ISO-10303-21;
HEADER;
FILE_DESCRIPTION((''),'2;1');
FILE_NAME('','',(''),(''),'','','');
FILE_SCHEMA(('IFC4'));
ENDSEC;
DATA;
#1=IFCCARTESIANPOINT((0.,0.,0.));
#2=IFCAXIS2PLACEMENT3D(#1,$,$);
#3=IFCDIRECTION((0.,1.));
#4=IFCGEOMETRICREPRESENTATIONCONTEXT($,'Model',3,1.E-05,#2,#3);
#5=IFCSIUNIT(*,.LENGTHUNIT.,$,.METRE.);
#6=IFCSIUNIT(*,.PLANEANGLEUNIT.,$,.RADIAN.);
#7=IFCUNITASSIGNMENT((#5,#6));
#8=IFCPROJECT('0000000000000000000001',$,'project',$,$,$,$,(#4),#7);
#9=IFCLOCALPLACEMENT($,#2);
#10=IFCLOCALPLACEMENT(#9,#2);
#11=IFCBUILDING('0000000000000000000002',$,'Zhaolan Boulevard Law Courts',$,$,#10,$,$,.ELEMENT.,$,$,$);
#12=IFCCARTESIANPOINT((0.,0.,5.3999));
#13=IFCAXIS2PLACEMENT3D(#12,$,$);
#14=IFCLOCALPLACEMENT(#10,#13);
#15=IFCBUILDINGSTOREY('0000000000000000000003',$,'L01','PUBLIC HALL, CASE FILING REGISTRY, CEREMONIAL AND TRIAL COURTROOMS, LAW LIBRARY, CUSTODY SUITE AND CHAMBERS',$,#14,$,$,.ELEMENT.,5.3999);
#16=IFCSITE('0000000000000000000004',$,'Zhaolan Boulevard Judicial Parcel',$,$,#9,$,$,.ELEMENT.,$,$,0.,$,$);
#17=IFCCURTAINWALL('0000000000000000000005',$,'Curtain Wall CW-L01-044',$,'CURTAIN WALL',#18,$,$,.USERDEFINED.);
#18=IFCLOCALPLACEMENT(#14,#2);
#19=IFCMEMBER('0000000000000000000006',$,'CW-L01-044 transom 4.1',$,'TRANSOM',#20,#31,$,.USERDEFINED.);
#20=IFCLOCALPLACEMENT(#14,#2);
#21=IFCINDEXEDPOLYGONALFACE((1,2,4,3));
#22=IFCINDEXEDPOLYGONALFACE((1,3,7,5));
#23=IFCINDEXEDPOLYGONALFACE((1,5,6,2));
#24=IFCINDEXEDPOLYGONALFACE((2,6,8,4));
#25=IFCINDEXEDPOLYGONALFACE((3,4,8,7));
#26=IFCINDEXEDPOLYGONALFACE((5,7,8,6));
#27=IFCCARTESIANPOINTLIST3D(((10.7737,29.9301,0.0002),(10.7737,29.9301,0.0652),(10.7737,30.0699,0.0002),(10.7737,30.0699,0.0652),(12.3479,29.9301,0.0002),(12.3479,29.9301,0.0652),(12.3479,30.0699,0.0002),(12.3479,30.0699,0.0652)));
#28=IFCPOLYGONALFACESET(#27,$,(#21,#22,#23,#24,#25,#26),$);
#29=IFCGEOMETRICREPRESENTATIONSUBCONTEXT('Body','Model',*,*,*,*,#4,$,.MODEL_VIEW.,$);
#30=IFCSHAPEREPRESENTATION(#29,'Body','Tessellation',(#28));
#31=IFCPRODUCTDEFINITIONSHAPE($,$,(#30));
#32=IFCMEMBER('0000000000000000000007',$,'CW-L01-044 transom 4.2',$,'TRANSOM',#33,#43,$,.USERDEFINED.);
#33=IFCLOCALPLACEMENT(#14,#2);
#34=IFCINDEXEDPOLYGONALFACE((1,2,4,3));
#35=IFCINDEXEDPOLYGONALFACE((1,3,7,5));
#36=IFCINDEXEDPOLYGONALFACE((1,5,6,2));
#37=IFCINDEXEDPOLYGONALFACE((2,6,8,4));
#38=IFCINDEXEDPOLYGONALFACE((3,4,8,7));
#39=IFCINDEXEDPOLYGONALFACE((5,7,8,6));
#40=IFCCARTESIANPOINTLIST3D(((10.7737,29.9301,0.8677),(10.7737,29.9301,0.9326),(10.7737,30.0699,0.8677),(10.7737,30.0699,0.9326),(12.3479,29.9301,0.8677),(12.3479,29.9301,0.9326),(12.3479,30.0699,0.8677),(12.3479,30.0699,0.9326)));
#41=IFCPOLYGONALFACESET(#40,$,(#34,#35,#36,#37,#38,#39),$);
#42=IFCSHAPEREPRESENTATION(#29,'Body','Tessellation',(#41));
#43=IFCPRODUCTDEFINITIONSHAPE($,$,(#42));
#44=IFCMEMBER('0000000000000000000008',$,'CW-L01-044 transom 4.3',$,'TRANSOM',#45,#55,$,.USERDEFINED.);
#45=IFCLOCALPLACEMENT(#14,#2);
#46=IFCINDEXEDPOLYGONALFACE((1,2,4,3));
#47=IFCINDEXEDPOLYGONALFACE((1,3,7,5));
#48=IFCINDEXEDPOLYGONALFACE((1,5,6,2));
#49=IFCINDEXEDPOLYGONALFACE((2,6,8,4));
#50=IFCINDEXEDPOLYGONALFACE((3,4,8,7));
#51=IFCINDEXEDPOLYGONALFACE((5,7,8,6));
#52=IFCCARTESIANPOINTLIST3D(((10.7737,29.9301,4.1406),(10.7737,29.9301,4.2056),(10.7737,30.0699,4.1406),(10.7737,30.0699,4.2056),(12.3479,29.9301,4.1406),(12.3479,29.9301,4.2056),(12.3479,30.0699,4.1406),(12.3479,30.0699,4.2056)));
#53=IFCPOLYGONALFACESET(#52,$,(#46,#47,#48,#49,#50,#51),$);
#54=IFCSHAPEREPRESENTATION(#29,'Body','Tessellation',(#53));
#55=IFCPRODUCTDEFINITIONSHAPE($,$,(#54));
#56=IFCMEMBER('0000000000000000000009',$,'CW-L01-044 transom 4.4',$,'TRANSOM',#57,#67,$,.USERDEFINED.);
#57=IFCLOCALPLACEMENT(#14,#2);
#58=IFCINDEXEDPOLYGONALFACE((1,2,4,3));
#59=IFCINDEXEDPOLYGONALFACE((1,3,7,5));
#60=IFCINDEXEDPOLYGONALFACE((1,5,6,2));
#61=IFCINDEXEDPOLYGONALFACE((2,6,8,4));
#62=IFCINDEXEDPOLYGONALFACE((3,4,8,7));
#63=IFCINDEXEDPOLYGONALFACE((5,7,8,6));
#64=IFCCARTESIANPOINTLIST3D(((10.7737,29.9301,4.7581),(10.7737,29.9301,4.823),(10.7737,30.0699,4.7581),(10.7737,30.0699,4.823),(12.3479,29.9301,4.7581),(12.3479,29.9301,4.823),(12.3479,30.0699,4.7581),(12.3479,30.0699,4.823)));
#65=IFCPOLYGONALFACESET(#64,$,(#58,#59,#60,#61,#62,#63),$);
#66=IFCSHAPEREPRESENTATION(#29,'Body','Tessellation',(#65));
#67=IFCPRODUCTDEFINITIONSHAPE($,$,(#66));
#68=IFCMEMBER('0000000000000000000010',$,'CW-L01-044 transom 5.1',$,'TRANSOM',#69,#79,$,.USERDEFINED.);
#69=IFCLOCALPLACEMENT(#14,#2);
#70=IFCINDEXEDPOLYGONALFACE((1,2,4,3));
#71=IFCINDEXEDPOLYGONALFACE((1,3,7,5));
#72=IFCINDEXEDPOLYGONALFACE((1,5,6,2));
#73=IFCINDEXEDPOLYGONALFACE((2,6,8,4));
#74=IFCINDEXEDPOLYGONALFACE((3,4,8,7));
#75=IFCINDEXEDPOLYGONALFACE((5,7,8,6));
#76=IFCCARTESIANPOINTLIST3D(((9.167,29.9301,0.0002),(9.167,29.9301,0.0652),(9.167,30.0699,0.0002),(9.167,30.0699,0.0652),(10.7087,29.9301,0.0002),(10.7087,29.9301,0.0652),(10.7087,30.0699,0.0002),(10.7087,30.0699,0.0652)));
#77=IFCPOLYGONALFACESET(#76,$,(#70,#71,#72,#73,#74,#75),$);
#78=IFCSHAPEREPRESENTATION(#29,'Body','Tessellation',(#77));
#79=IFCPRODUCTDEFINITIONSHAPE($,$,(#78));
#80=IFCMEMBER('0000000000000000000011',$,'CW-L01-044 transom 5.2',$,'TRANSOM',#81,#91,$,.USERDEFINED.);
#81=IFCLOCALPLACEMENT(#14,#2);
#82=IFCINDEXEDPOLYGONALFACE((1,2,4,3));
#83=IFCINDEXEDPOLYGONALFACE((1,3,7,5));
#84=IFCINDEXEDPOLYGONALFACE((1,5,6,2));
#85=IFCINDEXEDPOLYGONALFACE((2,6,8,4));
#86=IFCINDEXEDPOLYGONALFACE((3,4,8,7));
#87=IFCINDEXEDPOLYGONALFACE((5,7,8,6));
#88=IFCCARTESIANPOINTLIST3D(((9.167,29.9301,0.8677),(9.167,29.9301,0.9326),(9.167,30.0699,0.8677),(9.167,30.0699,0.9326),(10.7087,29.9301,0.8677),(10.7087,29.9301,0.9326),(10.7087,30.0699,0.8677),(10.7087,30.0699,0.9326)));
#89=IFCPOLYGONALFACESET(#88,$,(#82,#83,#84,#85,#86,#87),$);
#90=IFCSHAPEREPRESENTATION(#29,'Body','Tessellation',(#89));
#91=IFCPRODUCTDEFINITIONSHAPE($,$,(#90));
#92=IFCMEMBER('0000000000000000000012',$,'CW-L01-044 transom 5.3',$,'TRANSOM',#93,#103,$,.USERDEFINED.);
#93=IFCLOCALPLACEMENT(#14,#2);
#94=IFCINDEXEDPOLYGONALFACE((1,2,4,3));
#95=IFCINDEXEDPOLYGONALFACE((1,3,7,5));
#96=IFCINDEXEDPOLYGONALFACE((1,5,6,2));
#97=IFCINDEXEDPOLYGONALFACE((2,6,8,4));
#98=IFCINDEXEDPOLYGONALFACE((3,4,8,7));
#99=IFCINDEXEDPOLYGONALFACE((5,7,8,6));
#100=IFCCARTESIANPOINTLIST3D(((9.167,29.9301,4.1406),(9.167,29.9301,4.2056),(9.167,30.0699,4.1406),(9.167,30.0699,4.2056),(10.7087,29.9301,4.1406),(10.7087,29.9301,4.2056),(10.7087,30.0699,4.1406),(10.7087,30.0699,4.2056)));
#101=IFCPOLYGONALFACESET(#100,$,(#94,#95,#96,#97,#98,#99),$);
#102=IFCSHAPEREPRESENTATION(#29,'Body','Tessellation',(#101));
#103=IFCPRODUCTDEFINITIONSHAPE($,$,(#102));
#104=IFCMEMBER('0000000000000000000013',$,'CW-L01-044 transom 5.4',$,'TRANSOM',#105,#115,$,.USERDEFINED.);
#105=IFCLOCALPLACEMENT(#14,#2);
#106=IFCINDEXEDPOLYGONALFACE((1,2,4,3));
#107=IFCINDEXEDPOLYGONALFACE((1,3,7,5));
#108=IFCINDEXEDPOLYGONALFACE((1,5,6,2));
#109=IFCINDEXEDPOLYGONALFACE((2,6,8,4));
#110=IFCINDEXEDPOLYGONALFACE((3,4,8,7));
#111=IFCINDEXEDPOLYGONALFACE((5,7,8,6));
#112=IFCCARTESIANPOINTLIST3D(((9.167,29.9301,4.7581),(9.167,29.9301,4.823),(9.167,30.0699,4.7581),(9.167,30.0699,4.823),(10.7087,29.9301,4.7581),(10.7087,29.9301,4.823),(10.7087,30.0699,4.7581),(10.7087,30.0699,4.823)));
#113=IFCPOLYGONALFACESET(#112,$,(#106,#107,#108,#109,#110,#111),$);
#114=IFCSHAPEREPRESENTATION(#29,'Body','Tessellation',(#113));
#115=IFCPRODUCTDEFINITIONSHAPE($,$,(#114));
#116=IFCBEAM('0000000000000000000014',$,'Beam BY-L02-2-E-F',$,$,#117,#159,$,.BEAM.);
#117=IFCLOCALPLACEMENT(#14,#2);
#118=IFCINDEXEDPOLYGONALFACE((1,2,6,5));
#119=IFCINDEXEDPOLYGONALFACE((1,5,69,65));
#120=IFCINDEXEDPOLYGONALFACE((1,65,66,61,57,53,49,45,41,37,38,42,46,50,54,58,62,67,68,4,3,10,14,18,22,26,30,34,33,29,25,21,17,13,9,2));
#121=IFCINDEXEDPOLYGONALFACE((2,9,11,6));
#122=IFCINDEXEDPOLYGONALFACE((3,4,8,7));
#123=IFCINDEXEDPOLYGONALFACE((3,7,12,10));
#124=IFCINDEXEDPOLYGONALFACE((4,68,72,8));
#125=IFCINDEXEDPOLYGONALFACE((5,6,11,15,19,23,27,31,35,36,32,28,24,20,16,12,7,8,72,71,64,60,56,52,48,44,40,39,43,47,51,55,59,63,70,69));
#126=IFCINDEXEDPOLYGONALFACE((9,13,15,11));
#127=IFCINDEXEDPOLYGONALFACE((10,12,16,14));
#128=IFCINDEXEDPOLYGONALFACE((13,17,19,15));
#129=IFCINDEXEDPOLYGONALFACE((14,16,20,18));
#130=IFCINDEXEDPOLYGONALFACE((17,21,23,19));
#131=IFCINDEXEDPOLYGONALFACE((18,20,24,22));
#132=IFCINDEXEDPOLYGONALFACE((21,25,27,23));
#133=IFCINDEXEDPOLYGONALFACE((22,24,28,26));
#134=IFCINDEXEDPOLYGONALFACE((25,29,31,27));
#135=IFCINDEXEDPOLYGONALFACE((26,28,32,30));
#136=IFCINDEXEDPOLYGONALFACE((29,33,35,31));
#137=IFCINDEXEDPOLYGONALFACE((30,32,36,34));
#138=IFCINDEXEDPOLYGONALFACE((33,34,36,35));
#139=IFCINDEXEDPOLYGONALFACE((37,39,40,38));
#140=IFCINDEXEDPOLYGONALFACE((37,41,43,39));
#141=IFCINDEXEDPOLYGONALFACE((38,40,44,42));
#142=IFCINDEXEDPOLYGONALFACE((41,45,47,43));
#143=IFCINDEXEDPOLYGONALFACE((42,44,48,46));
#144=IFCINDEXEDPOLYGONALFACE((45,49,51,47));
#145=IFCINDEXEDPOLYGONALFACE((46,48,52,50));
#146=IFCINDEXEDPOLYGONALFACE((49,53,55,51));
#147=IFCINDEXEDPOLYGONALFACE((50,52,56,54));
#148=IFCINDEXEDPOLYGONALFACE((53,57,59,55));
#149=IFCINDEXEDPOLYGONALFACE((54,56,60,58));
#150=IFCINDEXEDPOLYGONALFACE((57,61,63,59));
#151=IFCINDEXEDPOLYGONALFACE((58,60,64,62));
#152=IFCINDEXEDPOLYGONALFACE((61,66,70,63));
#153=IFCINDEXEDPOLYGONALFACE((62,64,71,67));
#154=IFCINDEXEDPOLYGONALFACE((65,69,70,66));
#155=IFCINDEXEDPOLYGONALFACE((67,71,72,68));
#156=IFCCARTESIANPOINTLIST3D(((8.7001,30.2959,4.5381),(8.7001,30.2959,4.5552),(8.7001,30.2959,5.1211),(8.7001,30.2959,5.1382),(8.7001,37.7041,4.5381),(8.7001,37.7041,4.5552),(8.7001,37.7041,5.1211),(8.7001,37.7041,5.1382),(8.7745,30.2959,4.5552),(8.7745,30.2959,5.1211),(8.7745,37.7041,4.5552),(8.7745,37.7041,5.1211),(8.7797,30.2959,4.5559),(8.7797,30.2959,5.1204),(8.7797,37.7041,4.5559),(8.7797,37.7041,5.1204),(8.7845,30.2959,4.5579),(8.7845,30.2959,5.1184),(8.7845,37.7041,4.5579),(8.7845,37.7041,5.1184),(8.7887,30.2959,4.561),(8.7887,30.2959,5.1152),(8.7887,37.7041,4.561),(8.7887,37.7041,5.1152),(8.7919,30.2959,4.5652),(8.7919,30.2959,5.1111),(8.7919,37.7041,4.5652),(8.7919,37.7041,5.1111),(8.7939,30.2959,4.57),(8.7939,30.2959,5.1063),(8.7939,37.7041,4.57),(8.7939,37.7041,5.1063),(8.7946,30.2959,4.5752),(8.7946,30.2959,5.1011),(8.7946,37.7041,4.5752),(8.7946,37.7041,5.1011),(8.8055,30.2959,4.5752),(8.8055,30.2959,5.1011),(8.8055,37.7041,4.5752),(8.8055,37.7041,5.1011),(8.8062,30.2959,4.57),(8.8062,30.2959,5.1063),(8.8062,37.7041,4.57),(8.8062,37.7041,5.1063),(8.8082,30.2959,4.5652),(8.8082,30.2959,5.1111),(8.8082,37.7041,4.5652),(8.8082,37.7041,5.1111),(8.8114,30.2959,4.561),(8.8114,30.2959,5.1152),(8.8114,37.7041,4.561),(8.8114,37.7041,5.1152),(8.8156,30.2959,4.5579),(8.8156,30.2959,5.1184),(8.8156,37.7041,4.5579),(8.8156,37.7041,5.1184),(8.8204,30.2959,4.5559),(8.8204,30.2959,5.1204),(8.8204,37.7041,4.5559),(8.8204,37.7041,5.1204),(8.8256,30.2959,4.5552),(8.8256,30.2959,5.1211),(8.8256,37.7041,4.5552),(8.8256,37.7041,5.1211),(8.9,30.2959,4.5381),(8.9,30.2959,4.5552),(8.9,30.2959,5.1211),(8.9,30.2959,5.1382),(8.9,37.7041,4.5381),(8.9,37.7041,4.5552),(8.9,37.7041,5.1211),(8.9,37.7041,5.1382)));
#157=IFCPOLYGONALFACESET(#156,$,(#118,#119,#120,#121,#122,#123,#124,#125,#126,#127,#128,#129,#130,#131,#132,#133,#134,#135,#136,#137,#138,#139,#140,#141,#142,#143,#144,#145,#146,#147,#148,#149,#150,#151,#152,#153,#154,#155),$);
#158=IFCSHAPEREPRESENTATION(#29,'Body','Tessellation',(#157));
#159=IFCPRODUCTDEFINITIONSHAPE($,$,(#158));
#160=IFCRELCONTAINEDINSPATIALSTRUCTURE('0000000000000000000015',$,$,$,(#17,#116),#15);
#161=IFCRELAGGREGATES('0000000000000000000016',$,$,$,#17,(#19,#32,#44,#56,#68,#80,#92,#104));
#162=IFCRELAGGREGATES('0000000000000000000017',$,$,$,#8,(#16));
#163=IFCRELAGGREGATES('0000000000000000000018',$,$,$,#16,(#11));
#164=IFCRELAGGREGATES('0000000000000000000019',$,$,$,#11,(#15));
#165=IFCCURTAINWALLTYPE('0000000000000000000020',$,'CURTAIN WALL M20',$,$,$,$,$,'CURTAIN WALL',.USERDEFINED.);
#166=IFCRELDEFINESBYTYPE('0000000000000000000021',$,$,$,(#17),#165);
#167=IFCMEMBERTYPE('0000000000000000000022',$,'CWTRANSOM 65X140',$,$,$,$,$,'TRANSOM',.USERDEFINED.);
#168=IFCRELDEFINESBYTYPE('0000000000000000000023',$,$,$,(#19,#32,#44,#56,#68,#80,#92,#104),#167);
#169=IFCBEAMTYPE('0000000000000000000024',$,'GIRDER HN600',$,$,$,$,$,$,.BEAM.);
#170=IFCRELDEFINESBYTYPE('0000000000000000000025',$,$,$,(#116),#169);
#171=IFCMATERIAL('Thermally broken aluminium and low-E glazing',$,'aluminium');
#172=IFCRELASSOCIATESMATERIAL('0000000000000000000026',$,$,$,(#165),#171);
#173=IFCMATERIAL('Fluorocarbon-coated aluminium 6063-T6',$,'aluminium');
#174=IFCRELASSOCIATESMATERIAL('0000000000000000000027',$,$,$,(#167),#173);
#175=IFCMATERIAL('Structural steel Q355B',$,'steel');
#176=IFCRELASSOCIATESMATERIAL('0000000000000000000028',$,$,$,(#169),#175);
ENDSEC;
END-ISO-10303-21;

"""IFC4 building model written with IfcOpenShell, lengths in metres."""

from ifc_helpers import new_model, si_unit, direction, frame, origin, origin_2d, place, context, subcontext, project, spatial, rectangle, i_section, extrude, material, material_profile, profile_set, type_object, element, aggregate, save


model = new_model("IFC4")

# Units and contexts
model_context = context("Model", 3, precision=1e-05, world=origin(), true_north=direction((0.0, 1.0)))
body_context = subcontext(model_context, "Body", "Model", "MODEL_VIEW")
ifc_project = project(units=[si_unit("LENGTHUNIT", "METRE"), si_unit("PLANEANGLEUNIT", "RADIAN")], contexts=[model_context])

# Site, building, storey
site_placement = place(None, origin())
site = spatial("IfcSite", under=ifc_project, at=site_placement, Name="Zhaolan Boulevard Judicial Parcel", CompositionType="ELEMENT", RefElevation=0.0)
building_placement = place(site_placement, origin())
building = spatial("IfcBuilding", under=site, at=building_placement, Name="Zhaolan Boulevard Law Courts", CompositionType="ELEMENT")
storey_placement = place(building_placement, frame((0.0, 0.0, 5.3999)))
storey = spatial("IfcBuildingStorey", under=building, at=storey_placement, Name="L01", Description="PUBLIC HALL, CASE FILING REGISTRY, CEREMONIAL AND TRIAL COURTROOMS, LAW LIBRARY, CUSTODY SUITE AND CHAMBERS", CompositionType="ELEMENT", Elevation=5.3999)

# Curtain wall
ifc_material_1 = material(Name="Thermally broken aluminium and low-E glazing", Category="aluminium")
curtain_wall_type_1 = type_object("IfcCurtainWallType", Name="CURTAIN WALL M20", ElementType="CURTAIN WALL", PredefinedType="USERDEFINED", material=ifc_material_1)
curtain_wall_1_placement = place(storey_placement, origin())
curtain_wall_1 = element("IfcCurtainWall", 1, at=curtain_wall_1_placement, inside=storey, type_object=curtain_wall_type_1, Name="Curtain Wall CW-L01-044", ObjectType="CURTAIN WALL", PredefinedType="USERDEFINED")

# Members
ifc_material_2 = material(Name="Fluorocarbon-coated aluminium 6063-T6", Category="aluminium")
ifc_material_profile_1 = material_profile(ifc_material_2, rectangle(XDim=0.1399, YDim=0.0649, at=origin_2d()), Name="AL65x140")
ifc_profile_set_1 = profile_set([ifc_material_profile_1], Name="Fluorocarbon-coated aluminium 6063-T6")
member_type_1 = type_object("IfcMemberType", Name="CWTRANSOM 65X140", ElementType="TRANSOM", PredefinedType="USERDEFINED", material=ifc_profile_set_1)
member_1_placement = place(storey_placement, frame((12.3479, 30.0, 0.0327), z_axis=(-1.0, 0.0, 0.0), x_axis=(0.0, -1.0, 0.0)))
member_1 = element("IfcMember", 2, at=member_1_placement, type_object=member_type_1, Name="CW-L01-044 transom 4.1", ObjectType="TRANSOM", PredefinedType="USERDEFINED", context=body_context, shape_type="SweptSolid", body=[
    extrude(rectangle(XDim=0.1399, YDim=0.0649, at=origin_2d()), origin(), (0.0, 0.0, 1.0), 1.5742),
])
member_2_placement = place(storey_placement, frame((12.3479, 30.0, 0.9001), z_axis=(-1.0, 0.0, 0.0), x_axis=(0.0, -1.0, 0.0)))
member_2 = element("IfcMember", 3, at=member_2_placement, type_object=member_type_1, Name="CW-L01-044 transom 4.2", ObjectType="TRANSOM", PredefinedType="USERDEFINED", context=body_context, shape_type="SweptSolid", body=[
    extrude(rectangle(XDim=0.1399, YDim=0.0649, at=origin_2d()), origin(), (0.0, 0.0, 1.0), 1.5742),
])
member_3_placement = place(storey_placement, frame((12.3479, 30.0, 4.1731), z_axis=(-1.0, 0.0, 0.0), x_axis=(0.0, -1.0, 0.0)))
member_3 = element("IfcMember", 4, at=member_3_placement, type_object=member_type_1, Name="CW-L01-044 transom 4.3", ObjectType="TRANSOM", PredefinedType="USERDEFINED", context=body_context, shape_type="SweptSolid", body=[
    extrude(rectangle(XDim=0.1399, YDim=0.0649, at=origin_2d()), origin(), (0.0, 0.0, 1.0), 1.5742),
])
member_4_placement = place(storey_placement, frame((12.3479, 30.0, 4.7905), z_axis=(-1.0, 0.0, 0.0), x_axis=(0.0, -1.0, 0.0)))
member_4 = element("IfcMember", 5, at=member_4_placement, type_object=member_type_1, Name="CW-L01-044 transom 4.4", ObjectType="TRANSOM", PredefinedType="USERDEFINED", context=body_context, shape_type="SweptSolid", body=[
    extrude(rectangle(XDim=0.1399, YDim=0.0649, at=origin_2d()), origin(), (0.0, 0.0, 1.0), 1.5742),
])
member_5_placement = place(storey_placement, frame((10.7087, 30.0, 0.0327), z_axis=(-1.0, 0.0, 0.0), x_axis=(0.0, -1.0, 0.0)))
member_5 = element("IfcMember", 6, at=member_5_placement, type_object=member_type_1, Name="CW-L01-044 transom 5.1", ObjectType="TRANSOM", PredefinedType="USERDEFINED", context=body_context, shape_type="SweptSolid", body=[
    extrude(rectangle(XDim=0.1399, YDim=0.0649, at=origin_2d()), origin(), (0.0, 0.0, 1.0), 1.5417),
])
member_6_placement = place(storey_placement, frame((10.7087, 30.0, 0.9001), z_axis=(-1.0, 0.0, 0.0), x_axis=(0.0, -1.0, 0.0)))
member_6 = element("IfcMember", 7, at=member_6_placement, type_object=member_type_1, Name="CW-L01-044 transom 5.2", ObjectType="TRANSOM", PredefinedType="USERDEFINED", context=body_context, shape_type="SweptSolid", body=[
    extrude(rectangle(XDim=0.1399, YDim=0.0649, at=origin_2d()), origin(), (0.0, 0.0, 1.0), 1.5417),
])
member_7_placement = place(storey_placement, frame((10.7087, 30.0, 4.1731), z_axis=(-1.0, 0.0, 0.0), x_axis=(0.0, -1.0, 0.0)))
member_7 = element("IfcMember", 8, at=member_7_placement, type_object=member_type_1, Name="CW-L01-044 transom 5.3", ObjectType="TRANSOM", PredefinedType="USERDEFINED", context=body_context, shape_type="SweptSolid", body=[
    extrude(rectangle(XDim=0.1399, YDim=0.0649, at=origin_2d()), origin(), (0.0, 0.0, 1.0), 1.5417),
])
member_8_placement = place(storey_placement, frame((10.7087, 30.0, 4.7905), z_axis=(-1.0, 0.0, 0.0), x_axis=(0.0, -1.0, 0.0)))
member_8 = element("IfcMember", 9, at=member_8_placement, type_object=member_type_1, Name="CW-L01-044 transom 5.4", ObjectType="TRANSOM", PredefinedType="USERDEFINED", context=body_context, shape_type="SweptSolid", body=[
    extrude(rectangle(XDim=0.1399, YDim=0.0649, at=origin_2d()), origin(), (0.0, 0.0, 1.0), 1.5417),
])

# Beam
ifc_material_3 = material(Name="Structural steel Q355B", Category="steel")
ifc_material_profile_2 = material_profile(ifc_material_3, i_section(OverallWidth=0.2, OverallDepth=0.6001, WebThickness=0.011, FlangeThickness=0.0171, FilletRadius=0.02, at=origin_2d()), Name="HN600x200")
ifc_profile_set_2 = profile_set([ifc_material_profile_2], Name="Structural steel Q355B")
beam_type_1 = type_object("IfcBeamType", Name="GIRDER HN600", PredefinedType="BEAM", material=ifc_profile_set_2)
beam_1_placement = place(storey_placement, frame((8.8, 30.2959, 4.8381), z_axis=(0.0, 1.0, 0.0), x_axis=(-1.0, 0.0, 0.0)))
element("IfcBeam", 10, at=beam_1_placement, inside=storey, type_object=beam_type_1, Name="Beam BY-L02-2-E-F", PredefinedType="BEAM", context=body_context, shape_type="SweptSolid", body=[
    extrude(i_section(OverallWidth=0.2, OverallDepth=0.6001, WebThickness=0.011, FlangeThickness=0.0171, FilletRadius=0.02, at=origin_2d()), origin(), (0.0, 0.0, 1.0), 7.4082),
])

aggregate(curtain_wall_1, [member_1, member_2, member_3, member_4, member_5, member_6, member_7, member_8])

save(model, "model.ifc")
